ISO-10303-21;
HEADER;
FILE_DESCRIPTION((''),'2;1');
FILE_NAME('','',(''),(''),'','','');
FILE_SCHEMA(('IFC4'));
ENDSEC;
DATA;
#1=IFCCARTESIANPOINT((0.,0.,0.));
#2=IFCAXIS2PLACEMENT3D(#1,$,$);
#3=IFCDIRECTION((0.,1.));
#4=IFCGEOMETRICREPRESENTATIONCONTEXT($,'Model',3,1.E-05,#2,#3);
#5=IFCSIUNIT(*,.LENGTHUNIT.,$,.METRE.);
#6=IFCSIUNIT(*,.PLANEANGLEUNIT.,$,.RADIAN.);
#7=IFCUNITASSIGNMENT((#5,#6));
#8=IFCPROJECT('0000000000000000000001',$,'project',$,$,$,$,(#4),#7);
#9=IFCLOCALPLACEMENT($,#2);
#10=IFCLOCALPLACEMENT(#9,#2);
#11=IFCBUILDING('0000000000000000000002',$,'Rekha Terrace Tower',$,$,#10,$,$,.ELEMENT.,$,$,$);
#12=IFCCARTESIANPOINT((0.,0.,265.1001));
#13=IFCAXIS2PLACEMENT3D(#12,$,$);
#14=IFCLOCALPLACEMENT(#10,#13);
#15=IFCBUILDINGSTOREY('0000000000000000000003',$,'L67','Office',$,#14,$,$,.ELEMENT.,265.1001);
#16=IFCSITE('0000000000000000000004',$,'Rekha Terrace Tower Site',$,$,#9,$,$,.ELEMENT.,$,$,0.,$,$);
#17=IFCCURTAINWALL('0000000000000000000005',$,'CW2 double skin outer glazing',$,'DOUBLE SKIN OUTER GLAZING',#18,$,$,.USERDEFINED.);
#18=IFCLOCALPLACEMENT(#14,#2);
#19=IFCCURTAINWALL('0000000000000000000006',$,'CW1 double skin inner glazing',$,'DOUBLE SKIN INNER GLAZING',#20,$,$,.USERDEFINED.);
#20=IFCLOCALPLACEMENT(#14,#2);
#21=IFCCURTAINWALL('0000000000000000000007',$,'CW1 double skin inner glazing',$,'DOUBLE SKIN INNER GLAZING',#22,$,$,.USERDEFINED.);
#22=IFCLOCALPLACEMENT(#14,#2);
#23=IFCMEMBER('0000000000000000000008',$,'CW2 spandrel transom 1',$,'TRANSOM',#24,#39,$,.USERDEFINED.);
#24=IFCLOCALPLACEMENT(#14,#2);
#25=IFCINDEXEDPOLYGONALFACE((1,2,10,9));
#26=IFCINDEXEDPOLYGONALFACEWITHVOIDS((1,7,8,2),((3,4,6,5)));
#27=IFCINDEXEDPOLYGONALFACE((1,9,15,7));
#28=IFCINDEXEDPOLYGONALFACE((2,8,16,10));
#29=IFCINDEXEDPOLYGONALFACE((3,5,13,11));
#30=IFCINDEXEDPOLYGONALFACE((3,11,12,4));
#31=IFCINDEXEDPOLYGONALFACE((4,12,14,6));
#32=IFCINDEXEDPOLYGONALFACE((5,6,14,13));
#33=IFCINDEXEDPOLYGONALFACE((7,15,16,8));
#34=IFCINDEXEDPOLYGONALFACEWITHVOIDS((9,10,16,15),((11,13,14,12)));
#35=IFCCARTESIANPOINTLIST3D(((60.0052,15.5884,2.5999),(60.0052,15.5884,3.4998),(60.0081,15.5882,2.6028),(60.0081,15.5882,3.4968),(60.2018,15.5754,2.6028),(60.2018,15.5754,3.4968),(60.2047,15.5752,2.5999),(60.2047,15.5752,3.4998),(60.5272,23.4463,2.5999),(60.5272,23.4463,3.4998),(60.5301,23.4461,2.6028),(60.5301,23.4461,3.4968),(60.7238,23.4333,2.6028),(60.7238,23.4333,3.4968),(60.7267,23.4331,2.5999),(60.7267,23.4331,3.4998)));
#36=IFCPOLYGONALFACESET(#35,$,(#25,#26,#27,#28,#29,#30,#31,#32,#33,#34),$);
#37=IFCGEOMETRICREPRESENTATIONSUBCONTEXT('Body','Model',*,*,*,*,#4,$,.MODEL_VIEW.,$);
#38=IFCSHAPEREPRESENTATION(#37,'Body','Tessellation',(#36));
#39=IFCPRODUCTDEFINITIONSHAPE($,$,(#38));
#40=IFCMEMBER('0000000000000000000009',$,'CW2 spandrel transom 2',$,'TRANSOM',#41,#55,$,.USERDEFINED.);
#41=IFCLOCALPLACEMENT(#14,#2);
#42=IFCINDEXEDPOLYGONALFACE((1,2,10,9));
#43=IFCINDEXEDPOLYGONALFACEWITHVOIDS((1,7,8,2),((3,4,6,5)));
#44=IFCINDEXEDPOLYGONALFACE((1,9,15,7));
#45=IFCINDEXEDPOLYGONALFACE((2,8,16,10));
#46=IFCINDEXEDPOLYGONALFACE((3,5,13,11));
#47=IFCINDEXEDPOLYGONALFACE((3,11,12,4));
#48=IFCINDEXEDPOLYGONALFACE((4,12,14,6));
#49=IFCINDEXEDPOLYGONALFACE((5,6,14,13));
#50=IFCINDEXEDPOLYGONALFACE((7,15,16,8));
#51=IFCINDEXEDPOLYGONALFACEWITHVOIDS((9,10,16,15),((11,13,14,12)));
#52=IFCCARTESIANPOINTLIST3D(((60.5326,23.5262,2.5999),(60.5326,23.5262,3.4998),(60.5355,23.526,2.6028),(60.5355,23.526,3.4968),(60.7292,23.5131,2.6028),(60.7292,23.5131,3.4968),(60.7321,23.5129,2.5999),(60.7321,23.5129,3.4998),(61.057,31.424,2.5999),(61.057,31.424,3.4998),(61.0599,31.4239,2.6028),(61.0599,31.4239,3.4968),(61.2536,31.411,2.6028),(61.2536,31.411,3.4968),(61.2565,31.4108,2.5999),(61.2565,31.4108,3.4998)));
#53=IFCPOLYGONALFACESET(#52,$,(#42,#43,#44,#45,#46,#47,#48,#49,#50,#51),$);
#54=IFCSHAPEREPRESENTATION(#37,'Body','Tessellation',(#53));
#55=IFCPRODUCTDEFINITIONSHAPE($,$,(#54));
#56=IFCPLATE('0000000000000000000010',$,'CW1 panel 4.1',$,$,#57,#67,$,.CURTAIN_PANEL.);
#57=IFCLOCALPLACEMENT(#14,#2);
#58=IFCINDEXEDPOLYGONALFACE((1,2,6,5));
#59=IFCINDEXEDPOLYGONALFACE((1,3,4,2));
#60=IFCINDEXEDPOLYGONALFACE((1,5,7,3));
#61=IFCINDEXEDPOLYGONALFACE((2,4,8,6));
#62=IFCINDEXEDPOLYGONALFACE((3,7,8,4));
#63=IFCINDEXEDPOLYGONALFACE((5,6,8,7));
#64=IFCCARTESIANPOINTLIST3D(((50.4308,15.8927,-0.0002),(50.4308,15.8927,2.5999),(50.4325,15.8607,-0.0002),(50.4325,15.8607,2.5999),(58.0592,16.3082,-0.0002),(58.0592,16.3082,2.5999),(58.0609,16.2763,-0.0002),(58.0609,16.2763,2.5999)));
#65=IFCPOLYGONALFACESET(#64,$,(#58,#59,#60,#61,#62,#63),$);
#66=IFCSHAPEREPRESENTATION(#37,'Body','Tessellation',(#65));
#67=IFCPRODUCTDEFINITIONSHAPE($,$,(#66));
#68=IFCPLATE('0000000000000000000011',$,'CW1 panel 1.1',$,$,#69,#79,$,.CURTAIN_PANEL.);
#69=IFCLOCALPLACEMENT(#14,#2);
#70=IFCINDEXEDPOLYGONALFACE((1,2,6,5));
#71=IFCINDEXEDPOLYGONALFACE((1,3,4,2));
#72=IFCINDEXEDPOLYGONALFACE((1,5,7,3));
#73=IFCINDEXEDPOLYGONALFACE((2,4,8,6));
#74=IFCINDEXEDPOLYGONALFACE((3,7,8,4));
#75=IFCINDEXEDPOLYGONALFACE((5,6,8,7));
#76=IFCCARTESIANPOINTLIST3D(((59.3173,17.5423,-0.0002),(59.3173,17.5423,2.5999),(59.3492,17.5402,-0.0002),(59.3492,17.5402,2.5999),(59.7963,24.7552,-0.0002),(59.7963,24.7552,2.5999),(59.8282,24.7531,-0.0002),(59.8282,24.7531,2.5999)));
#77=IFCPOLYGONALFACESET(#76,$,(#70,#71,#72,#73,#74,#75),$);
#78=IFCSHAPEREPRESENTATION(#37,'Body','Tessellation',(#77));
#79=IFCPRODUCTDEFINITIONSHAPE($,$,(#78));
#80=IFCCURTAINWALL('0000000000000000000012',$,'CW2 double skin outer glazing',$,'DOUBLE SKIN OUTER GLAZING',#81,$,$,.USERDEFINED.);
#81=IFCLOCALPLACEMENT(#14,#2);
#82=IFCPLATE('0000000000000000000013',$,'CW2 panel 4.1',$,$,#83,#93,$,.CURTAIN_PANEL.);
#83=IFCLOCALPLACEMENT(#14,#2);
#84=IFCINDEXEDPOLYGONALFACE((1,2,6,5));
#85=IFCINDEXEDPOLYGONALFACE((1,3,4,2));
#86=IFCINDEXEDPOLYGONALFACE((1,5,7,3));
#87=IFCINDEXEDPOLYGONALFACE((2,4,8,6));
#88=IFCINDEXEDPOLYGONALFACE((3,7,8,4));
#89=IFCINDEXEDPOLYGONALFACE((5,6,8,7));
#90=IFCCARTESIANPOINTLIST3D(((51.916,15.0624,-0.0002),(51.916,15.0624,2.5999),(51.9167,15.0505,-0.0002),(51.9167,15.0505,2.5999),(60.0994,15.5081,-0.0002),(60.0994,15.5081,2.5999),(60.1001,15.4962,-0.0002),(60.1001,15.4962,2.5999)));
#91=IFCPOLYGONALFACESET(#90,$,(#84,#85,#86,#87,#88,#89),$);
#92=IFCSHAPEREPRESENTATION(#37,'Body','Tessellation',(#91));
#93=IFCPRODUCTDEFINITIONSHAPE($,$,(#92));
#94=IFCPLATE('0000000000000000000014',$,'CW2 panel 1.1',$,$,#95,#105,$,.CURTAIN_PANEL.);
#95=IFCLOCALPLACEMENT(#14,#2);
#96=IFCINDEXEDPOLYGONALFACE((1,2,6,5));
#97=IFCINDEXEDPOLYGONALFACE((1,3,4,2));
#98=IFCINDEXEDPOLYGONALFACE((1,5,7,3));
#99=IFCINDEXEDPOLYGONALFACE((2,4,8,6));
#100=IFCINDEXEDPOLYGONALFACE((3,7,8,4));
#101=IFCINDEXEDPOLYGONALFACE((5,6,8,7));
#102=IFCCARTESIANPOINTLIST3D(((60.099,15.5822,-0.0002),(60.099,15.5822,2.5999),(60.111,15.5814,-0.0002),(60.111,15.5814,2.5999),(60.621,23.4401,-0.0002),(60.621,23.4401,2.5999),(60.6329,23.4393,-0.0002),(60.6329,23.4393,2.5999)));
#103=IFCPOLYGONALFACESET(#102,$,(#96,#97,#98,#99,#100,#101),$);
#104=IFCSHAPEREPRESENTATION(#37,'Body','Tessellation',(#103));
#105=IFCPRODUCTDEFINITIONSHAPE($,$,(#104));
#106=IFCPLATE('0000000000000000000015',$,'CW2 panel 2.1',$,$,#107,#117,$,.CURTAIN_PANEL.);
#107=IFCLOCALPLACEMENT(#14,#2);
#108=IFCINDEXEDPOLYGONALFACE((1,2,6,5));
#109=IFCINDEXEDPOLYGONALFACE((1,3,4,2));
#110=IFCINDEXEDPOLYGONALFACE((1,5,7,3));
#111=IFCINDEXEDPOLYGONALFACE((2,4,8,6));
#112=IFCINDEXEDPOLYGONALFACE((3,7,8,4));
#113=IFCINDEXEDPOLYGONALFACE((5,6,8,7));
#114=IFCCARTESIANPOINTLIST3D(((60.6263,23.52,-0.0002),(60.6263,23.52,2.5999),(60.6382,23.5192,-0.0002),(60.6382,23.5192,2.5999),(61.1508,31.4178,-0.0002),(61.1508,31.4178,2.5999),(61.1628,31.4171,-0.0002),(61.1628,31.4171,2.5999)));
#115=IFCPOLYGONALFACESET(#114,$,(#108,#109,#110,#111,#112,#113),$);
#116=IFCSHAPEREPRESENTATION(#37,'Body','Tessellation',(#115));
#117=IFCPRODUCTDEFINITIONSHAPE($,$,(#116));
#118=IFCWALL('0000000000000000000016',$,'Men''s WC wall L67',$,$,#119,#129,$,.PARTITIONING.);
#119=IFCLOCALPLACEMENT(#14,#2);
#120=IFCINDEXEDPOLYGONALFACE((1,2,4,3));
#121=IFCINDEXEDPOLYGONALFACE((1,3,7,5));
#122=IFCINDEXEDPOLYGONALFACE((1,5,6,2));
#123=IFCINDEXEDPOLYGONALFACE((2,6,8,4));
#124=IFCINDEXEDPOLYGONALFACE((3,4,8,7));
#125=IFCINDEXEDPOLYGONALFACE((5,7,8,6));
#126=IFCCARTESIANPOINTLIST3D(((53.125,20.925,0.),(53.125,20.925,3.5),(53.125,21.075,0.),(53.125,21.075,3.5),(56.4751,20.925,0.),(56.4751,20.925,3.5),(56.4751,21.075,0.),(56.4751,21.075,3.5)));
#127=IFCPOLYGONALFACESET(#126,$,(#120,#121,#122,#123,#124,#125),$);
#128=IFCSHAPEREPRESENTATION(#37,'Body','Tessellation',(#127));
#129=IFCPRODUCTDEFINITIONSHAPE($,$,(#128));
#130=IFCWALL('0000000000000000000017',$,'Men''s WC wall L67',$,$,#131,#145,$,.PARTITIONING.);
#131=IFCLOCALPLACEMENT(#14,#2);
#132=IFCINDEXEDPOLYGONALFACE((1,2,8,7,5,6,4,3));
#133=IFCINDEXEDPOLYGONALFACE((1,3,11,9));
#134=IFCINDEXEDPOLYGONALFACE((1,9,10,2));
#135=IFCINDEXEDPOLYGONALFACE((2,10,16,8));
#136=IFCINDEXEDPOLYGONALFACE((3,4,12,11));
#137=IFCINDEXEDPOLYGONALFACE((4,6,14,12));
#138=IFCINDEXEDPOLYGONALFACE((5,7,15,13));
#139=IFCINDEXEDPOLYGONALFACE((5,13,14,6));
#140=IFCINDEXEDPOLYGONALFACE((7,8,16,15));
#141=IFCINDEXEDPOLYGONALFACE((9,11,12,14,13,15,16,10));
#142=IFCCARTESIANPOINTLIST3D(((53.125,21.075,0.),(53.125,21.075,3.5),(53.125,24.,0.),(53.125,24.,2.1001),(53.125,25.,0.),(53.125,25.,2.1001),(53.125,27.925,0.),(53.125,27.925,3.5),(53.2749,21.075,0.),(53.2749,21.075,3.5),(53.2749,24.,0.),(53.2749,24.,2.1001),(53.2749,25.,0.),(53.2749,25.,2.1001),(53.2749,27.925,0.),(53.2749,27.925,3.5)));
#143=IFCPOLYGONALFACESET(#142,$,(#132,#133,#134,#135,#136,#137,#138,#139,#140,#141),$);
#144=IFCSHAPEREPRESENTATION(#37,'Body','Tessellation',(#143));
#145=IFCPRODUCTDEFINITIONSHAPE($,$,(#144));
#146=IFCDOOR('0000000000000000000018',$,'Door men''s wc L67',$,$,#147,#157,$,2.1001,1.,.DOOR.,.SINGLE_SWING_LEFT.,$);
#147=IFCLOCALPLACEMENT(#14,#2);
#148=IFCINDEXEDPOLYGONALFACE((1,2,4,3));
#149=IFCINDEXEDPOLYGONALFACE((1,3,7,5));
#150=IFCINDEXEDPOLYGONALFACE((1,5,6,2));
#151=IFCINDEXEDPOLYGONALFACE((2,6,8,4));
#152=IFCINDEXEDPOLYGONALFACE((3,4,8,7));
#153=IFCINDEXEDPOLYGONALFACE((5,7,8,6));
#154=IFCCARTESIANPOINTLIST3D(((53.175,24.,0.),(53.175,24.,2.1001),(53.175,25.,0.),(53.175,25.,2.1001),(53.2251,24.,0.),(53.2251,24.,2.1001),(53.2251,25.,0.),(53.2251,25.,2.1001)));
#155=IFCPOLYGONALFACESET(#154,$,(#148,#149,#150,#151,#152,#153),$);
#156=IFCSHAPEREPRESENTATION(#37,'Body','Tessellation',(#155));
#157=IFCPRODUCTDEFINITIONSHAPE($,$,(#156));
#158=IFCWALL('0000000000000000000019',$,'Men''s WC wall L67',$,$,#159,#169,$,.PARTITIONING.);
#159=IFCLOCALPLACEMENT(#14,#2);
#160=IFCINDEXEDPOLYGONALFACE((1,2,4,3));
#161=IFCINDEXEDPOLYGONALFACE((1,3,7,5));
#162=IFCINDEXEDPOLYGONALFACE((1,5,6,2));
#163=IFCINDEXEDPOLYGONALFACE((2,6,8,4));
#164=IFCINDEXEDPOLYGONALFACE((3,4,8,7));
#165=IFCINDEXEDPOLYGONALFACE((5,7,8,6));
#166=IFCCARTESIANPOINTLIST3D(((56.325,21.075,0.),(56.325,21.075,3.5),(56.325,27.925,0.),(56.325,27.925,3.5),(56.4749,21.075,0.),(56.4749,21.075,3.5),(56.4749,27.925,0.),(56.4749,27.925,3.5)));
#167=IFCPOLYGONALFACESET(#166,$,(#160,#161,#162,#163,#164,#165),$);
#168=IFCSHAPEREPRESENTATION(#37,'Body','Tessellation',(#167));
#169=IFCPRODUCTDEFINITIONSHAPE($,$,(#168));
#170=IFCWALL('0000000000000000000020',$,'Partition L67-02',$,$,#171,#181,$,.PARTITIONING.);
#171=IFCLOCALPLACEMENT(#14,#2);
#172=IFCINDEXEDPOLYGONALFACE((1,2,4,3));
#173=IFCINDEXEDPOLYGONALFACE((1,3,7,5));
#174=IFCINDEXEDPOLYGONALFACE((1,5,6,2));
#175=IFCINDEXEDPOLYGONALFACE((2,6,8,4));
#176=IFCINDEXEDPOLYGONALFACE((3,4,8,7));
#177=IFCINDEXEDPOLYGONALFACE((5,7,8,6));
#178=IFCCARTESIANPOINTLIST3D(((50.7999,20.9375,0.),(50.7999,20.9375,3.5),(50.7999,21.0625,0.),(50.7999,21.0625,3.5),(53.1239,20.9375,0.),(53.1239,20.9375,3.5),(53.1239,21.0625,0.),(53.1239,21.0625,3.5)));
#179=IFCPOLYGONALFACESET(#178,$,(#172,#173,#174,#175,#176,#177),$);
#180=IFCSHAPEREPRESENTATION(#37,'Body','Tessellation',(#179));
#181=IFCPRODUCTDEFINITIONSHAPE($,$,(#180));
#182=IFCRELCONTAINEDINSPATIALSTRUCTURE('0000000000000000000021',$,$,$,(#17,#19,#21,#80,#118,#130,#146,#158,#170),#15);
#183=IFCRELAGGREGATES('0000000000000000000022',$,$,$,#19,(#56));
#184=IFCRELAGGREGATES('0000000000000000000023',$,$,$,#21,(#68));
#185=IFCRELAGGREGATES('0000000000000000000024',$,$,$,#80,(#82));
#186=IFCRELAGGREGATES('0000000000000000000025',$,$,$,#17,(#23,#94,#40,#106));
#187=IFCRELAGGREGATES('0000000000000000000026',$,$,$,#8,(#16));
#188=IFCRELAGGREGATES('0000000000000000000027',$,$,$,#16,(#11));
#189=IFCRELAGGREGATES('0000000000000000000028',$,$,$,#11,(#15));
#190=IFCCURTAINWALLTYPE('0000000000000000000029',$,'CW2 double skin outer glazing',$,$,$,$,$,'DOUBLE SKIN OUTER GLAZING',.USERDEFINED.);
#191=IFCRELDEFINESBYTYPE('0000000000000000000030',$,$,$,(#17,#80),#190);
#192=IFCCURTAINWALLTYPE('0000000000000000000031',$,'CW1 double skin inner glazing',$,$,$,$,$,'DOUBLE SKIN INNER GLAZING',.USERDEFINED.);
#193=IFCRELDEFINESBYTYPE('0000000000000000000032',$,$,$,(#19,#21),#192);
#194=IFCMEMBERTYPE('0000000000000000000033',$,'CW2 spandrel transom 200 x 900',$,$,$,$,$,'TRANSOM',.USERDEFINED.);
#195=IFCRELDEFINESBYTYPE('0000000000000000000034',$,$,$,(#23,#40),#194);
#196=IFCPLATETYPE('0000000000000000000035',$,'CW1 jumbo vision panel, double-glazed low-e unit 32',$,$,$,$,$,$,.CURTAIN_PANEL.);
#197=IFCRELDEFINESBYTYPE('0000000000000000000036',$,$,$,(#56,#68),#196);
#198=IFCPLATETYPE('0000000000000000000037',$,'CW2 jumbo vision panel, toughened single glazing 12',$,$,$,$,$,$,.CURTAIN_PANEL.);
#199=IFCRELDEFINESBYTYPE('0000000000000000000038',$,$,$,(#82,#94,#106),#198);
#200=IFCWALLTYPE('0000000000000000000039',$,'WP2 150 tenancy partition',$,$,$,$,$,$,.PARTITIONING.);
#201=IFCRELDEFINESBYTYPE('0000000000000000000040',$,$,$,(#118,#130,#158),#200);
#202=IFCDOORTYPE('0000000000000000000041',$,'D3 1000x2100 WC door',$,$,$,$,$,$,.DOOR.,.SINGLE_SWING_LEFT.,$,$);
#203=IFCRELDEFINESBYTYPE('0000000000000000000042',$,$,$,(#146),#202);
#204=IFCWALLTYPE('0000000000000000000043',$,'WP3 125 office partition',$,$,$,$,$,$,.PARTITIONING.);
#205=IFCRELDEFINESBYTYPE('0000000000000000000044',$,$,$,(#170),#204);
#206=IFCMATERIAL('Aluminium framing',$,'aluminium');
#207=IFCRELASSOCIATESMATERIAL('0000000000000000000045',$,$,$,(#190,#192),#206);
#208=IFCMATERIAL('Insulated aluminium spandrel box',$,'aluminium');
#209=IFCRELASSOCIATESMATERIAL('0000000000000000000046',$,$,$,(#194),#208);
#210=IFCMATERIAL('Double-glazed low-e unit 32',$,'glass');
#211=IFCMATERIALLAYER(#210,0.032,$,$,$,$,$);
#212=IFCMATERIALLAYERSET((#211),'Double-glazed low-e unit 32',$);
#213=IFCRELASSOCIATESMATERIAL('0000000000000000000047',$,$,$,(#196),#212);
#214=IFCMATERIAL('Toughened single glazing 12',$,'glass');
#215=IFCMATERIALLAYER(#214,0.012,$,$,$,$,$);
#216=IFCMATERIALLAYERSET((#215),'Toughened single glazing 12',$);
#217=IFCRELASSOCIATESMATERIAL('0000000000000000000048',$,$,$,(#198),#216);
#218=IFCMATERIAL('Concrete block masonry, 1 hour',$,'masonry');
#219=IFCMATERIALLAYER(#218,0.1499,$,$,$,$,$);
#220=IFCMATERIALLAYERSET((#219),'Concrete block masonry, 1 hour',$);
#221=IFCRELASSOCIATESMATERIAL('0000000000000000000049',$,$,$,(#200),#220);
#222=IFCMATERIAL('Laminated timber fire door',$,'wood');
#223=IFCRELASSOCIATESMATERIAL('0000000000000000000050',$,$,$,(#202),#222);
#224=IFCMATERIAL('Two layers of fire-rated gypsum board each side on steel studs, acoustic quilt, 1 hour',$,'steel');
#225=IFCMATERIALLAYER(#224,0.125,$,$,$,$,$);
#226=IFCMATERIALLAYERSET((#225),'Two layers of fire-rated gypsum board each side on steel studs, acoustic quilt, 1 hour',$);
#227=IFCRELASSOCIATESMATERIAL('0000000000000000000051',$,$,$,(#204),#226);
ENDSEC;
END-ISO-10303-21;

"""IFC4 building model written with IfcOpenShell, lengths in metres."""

from ifc_helpers import new_model, si_unit, direction, frame, frame_2d, origin, origin_2d, place, context, subcontext, project, spatial, rectangle, hollow_rectangle, extrude, material, layer, layer_set, material_profile, profile_set, type_object, element, fill, aggregate, save


model = new_model("IFC4")

# Units and contexts
model_context = context("Model", 3, precision=1e-05, world=origin(), true_north=direction((0.0, 1.0)))
body_context = subcontext(model_context, "Body", "Model", "MODEL_VIEW")
ifc_project = project(units=[si_unit("LENGTHUNIT", "METRE"), si_unit("PLANEANGLEUNIT", "RADIAN")], contexts=[model_context])

# Site, building, storey
site_placement = place(None, origin())
site = spatial("IfcSite", under=ifc_project, at=site_placement, Name="Rekha Terrace Tower Site", CompositionType="ELEMENT", RefElevation=0.0)
building_placement = place(site_placement, origin())
building = spatial("IfcBuilding", under=site, at=building_placement, Name="Rekha Terrace Tower", CompositionType="ELEMENT")
storey_placement = place(building_placement, frame((0.0, 0.0, 265.1001)))
storey = spatial("IfcBuildingStorey", under=building, at=storey_placement, Name="L67", Description="Office", CompositionType="ELEMENT", Elevation=265.1001)

# Curtain walls
ifc_material_1 = material(Name="Aluminium framing", Category="aluminium")
curtain_wall_type_1 = type_object("IfcCurtainWallType", Name="CW2 double skin outer glazing", ElementType="DOUBLE SKIN OUTER GLAZING", PredefinedType="USERDEFINED", material=ifc_material_1)
curtain_wall_1_placement = place(storey_placement, origin())
curtain_wall_1 = element("IfcCurtainWall", 1, at=curtain_wall_1_placement, inside=storey, type_object=curtain_wall_type_1, Name="CW2 double skin outer glazing", ObjectType="DOUBLE SKIN OUTER GLAZING", PredefinedType="USERDEFINED")
curtain_wall_type_2 = type_object("IfcCurtainWallType", Name="CW1 double skin inner glazing", ElementType="DOUBLE SKIN INNER GLAZING", PredefinedType="USERDEFINED", material=ifc_material_1)
curtain_wall_2_placement = place(storey_placement, origin())
curtain_wall_2 = element("IfcCurtainWall", 2, at=curtain_wall_2_placement, inside=storey, type_object=curtain_wall_type_2, Name="CW1 double skin inner glazing", ObjectType="DOUBLE SKIN INNER GLAZING", PredefinedType="USERDEFINED")

# Curtain wall
curtain_wall_3_placement = place(storey_placement, origin())
curtain_wall_3 = element("IfcCurtainWall", 3, at=curtain_wall_3_placement, inside=storey, type_object=curtain_wall_type_2, Name="CW1 double skin inner glazing", ObjectType="DOUBLE SKIN INNER GLAZING", PredefinedType="USERDEFINED")
ifc_material_2 = material(Name="Insulated aluminium spandrel box", Category="aluminium")

# Members
ifc_material_profile_1 = material_profile(ifc_material_2, hollow_rectangle(XDim=0.2, YDim=0.8999, WallThickness=0.0029, at=origin_2d()), Name="AL SPANDREL BOX 200x900")
ifc_profile_set_1 = profile_set([ifc_material_profile_1], Name="Insulated aluminium spandrel box")
member_type_1 = type_object("IfcMemberType", Name="CW2 spandrel transom 200 x 900", ElementType="TRANSOM", PredefinedType="USERDEFINED", material=ifc_profile_set_1)
member_1_placement = place(storey_placement, frame((60.105, 15.5818, 3.0498), z_axis=(0.06628, 0.997801, 0.0), x_axis=(-0.997801, 0.06628, 0.0)))
member_1 = element("IfcMember", 4, at=member_1_placement, type_object=member_type_1, Name="CW2 spandrel transom 1", ObjectType="TRANSOM", PredefinedType="USERDEFINED", context=body_context, shape_type="SweptSolid", body=[
    extrude(hollow_rectangle(XDim=0.2, YDim=0.8999, WallThickness=0.0029, at=origin_2d()), origin(), (0.0, 0.0, 1.0), 7.8752),
])
member_2_placement = place(storey_placement, frame((60.6323, 23.5195, 3.0498), z_axis=(0.066253, 0.997803, 0.0), x_axis=(-0.997803, 0.066253, 0.0)))
member_2 = element("IfcMember", 5, at=member_2_placement, type_object=member_type_1, Name="CW2 spandrel transom 2", ObjectType="TRANSOM", PredefinedType="USERDEFINED", context=body_context, shape_type="SweptSolid", body=[
    extrude(hollow_rectangle(XDim=0.2, YDim=0.8999, WallThickness=0.0029, at=origin_2d()), origin(), (0.0, 0.0, 1.0), 7.9153),
])

# Plates
ifc_material_3 = material(Name="Double-glazed low-e unit 32", Category="glass")
ifc_layer_1 = layer(ifc_material_3, 0.032)
ifc_layer_set_1 = layer_set([ifc_layer_1], Name="Double-glazed low-e unit 32")
plate_type_1 = type_object("IfcPlateType", Name="CW1 jumbo vision panel, double-glazed low-e unit 32", PredefinedType="CURTAIN_PANEL", material=ifc_layer_set_1)
plate_1_placement = place(storey_placement, frame((54.2458, 16.0845, -0.0002), z_axis=(0.0, 0.0, 1.0), x_axis=(0.99852, 0.054389, 0.0)))
plate_1 = element("IfcPlate", 6, at=plate_1_placement, type_object=plate_type_1, Name="CW1 panel 4.1", PredefinedType="CURTAIN_PANEL", context=body_context, shape_type="SweptSolid", body=[
    extrude(rectangle(XDim=7.6396, YDim=0.032, at=origin_2d()), origin(), (0.0, 0.0, 1.0), 2.6001),
])
aggregate(curtain_wall_2, [plate_1])
plate_2_placement = place(storey_placement, frame((59.5728, 21.1477, -0.0002), z_axis=(0.0, 0.0, 1.0), x_axis=(0.066272, 0.997802, 0.0)))
plate_2 = element("IfcPlate", 7, at=plate_2_placement, type_object=plate_type_1, Name="CW1 panel 1.1", PredefinedType="CURTAIN_PANEL", context=body_context, shape_type="SweptSolid", body=[
    extrude(rectangle(XDim=7.2288, YDim=0.032, at=origin_2d()), origin(), (0.0, 0.0, 1.0), 2.6001),
])
aggregate(curtain_wall_3, [plate_2])

# Curtain wall, plate
curtain_wall_4_placement = place(storey_placement, origin())
curtain_wall_4 = element("IfcCurtainWall", 8, at=curtain_wall_4_placement, inside=storey, type_object=curtain_wall_type_1, Name="CW2 double skin outer glazing", ObjectType="DOUBLE SKIN OUTER GLAZING", PredefinedType="USERDEFINED")
ifc_material_4 = material(Name="Toughened single glazing 12", Category="glass")
ifc_layer_2 = layer(ifc_material_4, 0.012)
ifc_layer_set_2 = layer_set([ifc_layer_2], Name="Toughened single glazing 12")
plate_type_2 = type_object("IfcPlateType", Name="CW2 jumbo vision panel, toughened single glazing 12", PredefinedType="CURTAIN_PANEL", material=ifc_layer_set_2)
plate_3_placement = place(storey_placement, frame((56.0081, 15.2793, -0.0002), z_axis=(0.0, 0.0, 1.0), x_axis=(0.99852, 0.054389, 0.0)))
plate_3 = element("IfcPlate", 9, at=plate_3_placement, type_object=plate_type_2, Name="CW2 panel 4.1", PredefinedType="CURTAIN_PANEL", context=body_context, shape_type="SweptSolid", body=[
    extrude(rectangle(XDim=8.1956, YDim=0.012, at=origin_2d()), origin(), (0.0, 0.0, 1.0), 2.6001),
])
aggregate(curtain_wall_4, [plate_3])

# Plates
plate_4_placement = place(storey_placement, frame((60.366, 19.5107, -0.0002), z_axis=(0.0, 0.0, 1.0), x_axis=(0.066272, 0.997802, 0.0)))
plate_4 = element("IfcPlate", 10, at=plate_4_placement, type_object=plate_type_2, Name="CW2 panel 1.1", PredefinedType="CURTAIN_PANEL", context=body_context, shape_type="SweptSolid", body=[
    extrude(rectangle(XDim=7.8752, YDim=0.012, at=origin_2d()), origin(), (0.0, 0.0, 1.0), 2.6001),
])
plate_5_placement = place(storey_placement, frame((60.8945, 27.4685, -0.0002), z_axis=(0.0, 0.0, 1.0), x_axis=(0.066272, 0.997802, 0.0)))
plate_5 = element("IfcPlate", 11, at=plate_5_placement, type_object=plate_type_2, Name="CW2 panel 2.1", PredefinedType="CURTAIN_PANEL", context=body_context, shape_type="SweptSolid", body=[
    extrude(rectangle(XDim=7.9153, YDim=0.012, at=origin_2d()), origin(), (0.0, 0.0, 1.0), 2.6001),
])
aggregate(curtain_wall_1, [member_1, plate_4, member_2, plate_5])

# Wall
ifc_material_5 = material(Name="Concrete block masonry, 1 hour", Category="masonry")
ifc_layer_3 = layer(ifc_material_5, 0.1499)
ifc_layer_set_3 = layer_set([ifc_layer_3], Name="Concrete block masonry, 1 hour")
wall_type_1 = type_object("IfcWallType", Name="WP2 150 tenancy partition", PredefinedType="PARTITIONING", material=ifc_layer_set_3)
wall_1_placement = place(storey_placement, frame((53.125, 21.0, 0.0), z_axis=(0.0, 0.0, 1.0), x_axis=(1.0, 0.0, 0.0)))
element("IfcWall", 12, at=wall_1_placement, inside=storey, type_object=wall_type_1, Name="Men's WC wall L67", PredefinedType="PARTITIONING", context=body_context, shape_type="SweptSolid", body=[
    extrude(rectangle(XDim=3.3501, YDim=0.1499, at=frame_2d((1.675, 0.0))), origin(), (0.0, 0.0, 1.0), 3.5),
])

# Wall, opening, door
wall_2_placement = place(storey_placement, frame((53.2, 21.075, 0.0), z_axis=(0.0, 0.0, 1.0), x_axis=(0.0, 1.0, 0.0)))
wall_2 = element("IfcWall", 13, at=wall_2_placement, inside=storey, type_object=wall_type_1, Name="Men's WC wall L67", PredefinedType="PARTITIONING", context=body_context, shape_type="SweptSolid", body=[
    extrude(rectangle(XDim=6.8501, YDim=0.1499, at=frame_2d((3.425, 0.0))), origin(), (0.0, 0.0, 1.0), 3.5),
])
opening_placement = place(wall_2_placement, frame((2.925, 0.0, 0.0)))
opening = element("IfcOpeningElement", 14, at=opening_placement, cuts=wall_2, PredefinedType="OPENING", context=body_context, shape_type="SweptSolid", body=[
    extrude(rectangle(XDim=1.0, YDim=2.1001, at=frame_2d((0.5, 1.05))), frame((0.0, 0.085, 0.0), z_axis=(0.0, -1.0, 0.0), x_axis=(1.0, 0.0, 0.0)), (0.0, 0.0, 1.0), 0.1699),
])
ifc_material_6 = material(Name="Laminated timber fire door", Category="wood")
door_type = type_object("IfcDoorType", Name="D3 1000x2100 WC door", OperationType="SINGLE_SWING_LEFT", PredefinedType="DOOR", material=ifc_material_6)
door_placement = place(opening_placement, origin())
door = element("IfcDoor", 15, at=door_placement, inside=storey, type_object=door_type, Name="Door men's wc L67", OperationType="SINGLE_SWING_LEFT", OverallHeight=2.1001, OverallWidth=1.0, PredefinedType="DOOR", context=body_context, shape_type="SweptSolid", body=[
    extrude(rectangle(XDim=1.0, YDim=2.1001, at=frame_2d((0.5, 1.05))), frame((0.0, 0.0249, 0.0), z_axis=(0.0, -1.0, 0.0), x_axis=(1.0, 0.0, 0.0)), (0.0, 0.0, 1.0), 0.05),
])
fill(opening, door)

# Walls
wall_3_placement = place(storey_placement, frame((56.3999, 21.075, 0.0), z_axis=(0.0, 0.0, 1.0), x_axis=(0.0, 1.0, 0.0)))
element("IfcWall", 16, at=wall_3_placement, inside=storey, type_object=wall_type_1, Name="Men's WC wall L67", PredefinedType="PARTITIONING", context=body_context, shape_type="SweptSolid", body=[
    extrude(rectangle(XDim=6.8501, YDim=0.1499, at=frame_2d((3.425, 0.0))), origin(), (0.0, 0.0, 1.0), 3.5),
])
ifc_material_7 = material(Name="Two layers of fire-rated gypsum board each side on steel studs, acoustic quilt, 1 hour", Category="steel")
ifc_layer_4 = layer(ifc_material_7, 0.125)
ifc_layer_set_4 = layer_set([ifc_layer_4], Name="Two layers of fire-rated gypsum board each side on steel studs, acoustic quilt, 1 hour")
wall_type_2 = type_object("IfcWallType", Name="WP3 125 office partition", PredefinedType="PARTITIONING", material=ifc_layer_set_4)
wall_4_placement = place(storey_placement, frame((53.124, 21.0, 0.0), z_axis=(0.0, 0.0, 1.0), x_axis=(-1.0, 0.0, 0.0)))
element("IfcWall", 17, at=wall_4_placement, inside=storey, type_object=wall_type_2, Name="Partition L67-02", PredefinedType="PARTITIONING", context=body_context, shape_type="SweptSolid", body=[
    extrude(rectangle(XDim=2.324, YDim=0.125, at=frame_2d((1.1621, 0.0))), origin(), (0.0, 0.0, 1.0), 3.5),
])

save(model, "model.ifc")
